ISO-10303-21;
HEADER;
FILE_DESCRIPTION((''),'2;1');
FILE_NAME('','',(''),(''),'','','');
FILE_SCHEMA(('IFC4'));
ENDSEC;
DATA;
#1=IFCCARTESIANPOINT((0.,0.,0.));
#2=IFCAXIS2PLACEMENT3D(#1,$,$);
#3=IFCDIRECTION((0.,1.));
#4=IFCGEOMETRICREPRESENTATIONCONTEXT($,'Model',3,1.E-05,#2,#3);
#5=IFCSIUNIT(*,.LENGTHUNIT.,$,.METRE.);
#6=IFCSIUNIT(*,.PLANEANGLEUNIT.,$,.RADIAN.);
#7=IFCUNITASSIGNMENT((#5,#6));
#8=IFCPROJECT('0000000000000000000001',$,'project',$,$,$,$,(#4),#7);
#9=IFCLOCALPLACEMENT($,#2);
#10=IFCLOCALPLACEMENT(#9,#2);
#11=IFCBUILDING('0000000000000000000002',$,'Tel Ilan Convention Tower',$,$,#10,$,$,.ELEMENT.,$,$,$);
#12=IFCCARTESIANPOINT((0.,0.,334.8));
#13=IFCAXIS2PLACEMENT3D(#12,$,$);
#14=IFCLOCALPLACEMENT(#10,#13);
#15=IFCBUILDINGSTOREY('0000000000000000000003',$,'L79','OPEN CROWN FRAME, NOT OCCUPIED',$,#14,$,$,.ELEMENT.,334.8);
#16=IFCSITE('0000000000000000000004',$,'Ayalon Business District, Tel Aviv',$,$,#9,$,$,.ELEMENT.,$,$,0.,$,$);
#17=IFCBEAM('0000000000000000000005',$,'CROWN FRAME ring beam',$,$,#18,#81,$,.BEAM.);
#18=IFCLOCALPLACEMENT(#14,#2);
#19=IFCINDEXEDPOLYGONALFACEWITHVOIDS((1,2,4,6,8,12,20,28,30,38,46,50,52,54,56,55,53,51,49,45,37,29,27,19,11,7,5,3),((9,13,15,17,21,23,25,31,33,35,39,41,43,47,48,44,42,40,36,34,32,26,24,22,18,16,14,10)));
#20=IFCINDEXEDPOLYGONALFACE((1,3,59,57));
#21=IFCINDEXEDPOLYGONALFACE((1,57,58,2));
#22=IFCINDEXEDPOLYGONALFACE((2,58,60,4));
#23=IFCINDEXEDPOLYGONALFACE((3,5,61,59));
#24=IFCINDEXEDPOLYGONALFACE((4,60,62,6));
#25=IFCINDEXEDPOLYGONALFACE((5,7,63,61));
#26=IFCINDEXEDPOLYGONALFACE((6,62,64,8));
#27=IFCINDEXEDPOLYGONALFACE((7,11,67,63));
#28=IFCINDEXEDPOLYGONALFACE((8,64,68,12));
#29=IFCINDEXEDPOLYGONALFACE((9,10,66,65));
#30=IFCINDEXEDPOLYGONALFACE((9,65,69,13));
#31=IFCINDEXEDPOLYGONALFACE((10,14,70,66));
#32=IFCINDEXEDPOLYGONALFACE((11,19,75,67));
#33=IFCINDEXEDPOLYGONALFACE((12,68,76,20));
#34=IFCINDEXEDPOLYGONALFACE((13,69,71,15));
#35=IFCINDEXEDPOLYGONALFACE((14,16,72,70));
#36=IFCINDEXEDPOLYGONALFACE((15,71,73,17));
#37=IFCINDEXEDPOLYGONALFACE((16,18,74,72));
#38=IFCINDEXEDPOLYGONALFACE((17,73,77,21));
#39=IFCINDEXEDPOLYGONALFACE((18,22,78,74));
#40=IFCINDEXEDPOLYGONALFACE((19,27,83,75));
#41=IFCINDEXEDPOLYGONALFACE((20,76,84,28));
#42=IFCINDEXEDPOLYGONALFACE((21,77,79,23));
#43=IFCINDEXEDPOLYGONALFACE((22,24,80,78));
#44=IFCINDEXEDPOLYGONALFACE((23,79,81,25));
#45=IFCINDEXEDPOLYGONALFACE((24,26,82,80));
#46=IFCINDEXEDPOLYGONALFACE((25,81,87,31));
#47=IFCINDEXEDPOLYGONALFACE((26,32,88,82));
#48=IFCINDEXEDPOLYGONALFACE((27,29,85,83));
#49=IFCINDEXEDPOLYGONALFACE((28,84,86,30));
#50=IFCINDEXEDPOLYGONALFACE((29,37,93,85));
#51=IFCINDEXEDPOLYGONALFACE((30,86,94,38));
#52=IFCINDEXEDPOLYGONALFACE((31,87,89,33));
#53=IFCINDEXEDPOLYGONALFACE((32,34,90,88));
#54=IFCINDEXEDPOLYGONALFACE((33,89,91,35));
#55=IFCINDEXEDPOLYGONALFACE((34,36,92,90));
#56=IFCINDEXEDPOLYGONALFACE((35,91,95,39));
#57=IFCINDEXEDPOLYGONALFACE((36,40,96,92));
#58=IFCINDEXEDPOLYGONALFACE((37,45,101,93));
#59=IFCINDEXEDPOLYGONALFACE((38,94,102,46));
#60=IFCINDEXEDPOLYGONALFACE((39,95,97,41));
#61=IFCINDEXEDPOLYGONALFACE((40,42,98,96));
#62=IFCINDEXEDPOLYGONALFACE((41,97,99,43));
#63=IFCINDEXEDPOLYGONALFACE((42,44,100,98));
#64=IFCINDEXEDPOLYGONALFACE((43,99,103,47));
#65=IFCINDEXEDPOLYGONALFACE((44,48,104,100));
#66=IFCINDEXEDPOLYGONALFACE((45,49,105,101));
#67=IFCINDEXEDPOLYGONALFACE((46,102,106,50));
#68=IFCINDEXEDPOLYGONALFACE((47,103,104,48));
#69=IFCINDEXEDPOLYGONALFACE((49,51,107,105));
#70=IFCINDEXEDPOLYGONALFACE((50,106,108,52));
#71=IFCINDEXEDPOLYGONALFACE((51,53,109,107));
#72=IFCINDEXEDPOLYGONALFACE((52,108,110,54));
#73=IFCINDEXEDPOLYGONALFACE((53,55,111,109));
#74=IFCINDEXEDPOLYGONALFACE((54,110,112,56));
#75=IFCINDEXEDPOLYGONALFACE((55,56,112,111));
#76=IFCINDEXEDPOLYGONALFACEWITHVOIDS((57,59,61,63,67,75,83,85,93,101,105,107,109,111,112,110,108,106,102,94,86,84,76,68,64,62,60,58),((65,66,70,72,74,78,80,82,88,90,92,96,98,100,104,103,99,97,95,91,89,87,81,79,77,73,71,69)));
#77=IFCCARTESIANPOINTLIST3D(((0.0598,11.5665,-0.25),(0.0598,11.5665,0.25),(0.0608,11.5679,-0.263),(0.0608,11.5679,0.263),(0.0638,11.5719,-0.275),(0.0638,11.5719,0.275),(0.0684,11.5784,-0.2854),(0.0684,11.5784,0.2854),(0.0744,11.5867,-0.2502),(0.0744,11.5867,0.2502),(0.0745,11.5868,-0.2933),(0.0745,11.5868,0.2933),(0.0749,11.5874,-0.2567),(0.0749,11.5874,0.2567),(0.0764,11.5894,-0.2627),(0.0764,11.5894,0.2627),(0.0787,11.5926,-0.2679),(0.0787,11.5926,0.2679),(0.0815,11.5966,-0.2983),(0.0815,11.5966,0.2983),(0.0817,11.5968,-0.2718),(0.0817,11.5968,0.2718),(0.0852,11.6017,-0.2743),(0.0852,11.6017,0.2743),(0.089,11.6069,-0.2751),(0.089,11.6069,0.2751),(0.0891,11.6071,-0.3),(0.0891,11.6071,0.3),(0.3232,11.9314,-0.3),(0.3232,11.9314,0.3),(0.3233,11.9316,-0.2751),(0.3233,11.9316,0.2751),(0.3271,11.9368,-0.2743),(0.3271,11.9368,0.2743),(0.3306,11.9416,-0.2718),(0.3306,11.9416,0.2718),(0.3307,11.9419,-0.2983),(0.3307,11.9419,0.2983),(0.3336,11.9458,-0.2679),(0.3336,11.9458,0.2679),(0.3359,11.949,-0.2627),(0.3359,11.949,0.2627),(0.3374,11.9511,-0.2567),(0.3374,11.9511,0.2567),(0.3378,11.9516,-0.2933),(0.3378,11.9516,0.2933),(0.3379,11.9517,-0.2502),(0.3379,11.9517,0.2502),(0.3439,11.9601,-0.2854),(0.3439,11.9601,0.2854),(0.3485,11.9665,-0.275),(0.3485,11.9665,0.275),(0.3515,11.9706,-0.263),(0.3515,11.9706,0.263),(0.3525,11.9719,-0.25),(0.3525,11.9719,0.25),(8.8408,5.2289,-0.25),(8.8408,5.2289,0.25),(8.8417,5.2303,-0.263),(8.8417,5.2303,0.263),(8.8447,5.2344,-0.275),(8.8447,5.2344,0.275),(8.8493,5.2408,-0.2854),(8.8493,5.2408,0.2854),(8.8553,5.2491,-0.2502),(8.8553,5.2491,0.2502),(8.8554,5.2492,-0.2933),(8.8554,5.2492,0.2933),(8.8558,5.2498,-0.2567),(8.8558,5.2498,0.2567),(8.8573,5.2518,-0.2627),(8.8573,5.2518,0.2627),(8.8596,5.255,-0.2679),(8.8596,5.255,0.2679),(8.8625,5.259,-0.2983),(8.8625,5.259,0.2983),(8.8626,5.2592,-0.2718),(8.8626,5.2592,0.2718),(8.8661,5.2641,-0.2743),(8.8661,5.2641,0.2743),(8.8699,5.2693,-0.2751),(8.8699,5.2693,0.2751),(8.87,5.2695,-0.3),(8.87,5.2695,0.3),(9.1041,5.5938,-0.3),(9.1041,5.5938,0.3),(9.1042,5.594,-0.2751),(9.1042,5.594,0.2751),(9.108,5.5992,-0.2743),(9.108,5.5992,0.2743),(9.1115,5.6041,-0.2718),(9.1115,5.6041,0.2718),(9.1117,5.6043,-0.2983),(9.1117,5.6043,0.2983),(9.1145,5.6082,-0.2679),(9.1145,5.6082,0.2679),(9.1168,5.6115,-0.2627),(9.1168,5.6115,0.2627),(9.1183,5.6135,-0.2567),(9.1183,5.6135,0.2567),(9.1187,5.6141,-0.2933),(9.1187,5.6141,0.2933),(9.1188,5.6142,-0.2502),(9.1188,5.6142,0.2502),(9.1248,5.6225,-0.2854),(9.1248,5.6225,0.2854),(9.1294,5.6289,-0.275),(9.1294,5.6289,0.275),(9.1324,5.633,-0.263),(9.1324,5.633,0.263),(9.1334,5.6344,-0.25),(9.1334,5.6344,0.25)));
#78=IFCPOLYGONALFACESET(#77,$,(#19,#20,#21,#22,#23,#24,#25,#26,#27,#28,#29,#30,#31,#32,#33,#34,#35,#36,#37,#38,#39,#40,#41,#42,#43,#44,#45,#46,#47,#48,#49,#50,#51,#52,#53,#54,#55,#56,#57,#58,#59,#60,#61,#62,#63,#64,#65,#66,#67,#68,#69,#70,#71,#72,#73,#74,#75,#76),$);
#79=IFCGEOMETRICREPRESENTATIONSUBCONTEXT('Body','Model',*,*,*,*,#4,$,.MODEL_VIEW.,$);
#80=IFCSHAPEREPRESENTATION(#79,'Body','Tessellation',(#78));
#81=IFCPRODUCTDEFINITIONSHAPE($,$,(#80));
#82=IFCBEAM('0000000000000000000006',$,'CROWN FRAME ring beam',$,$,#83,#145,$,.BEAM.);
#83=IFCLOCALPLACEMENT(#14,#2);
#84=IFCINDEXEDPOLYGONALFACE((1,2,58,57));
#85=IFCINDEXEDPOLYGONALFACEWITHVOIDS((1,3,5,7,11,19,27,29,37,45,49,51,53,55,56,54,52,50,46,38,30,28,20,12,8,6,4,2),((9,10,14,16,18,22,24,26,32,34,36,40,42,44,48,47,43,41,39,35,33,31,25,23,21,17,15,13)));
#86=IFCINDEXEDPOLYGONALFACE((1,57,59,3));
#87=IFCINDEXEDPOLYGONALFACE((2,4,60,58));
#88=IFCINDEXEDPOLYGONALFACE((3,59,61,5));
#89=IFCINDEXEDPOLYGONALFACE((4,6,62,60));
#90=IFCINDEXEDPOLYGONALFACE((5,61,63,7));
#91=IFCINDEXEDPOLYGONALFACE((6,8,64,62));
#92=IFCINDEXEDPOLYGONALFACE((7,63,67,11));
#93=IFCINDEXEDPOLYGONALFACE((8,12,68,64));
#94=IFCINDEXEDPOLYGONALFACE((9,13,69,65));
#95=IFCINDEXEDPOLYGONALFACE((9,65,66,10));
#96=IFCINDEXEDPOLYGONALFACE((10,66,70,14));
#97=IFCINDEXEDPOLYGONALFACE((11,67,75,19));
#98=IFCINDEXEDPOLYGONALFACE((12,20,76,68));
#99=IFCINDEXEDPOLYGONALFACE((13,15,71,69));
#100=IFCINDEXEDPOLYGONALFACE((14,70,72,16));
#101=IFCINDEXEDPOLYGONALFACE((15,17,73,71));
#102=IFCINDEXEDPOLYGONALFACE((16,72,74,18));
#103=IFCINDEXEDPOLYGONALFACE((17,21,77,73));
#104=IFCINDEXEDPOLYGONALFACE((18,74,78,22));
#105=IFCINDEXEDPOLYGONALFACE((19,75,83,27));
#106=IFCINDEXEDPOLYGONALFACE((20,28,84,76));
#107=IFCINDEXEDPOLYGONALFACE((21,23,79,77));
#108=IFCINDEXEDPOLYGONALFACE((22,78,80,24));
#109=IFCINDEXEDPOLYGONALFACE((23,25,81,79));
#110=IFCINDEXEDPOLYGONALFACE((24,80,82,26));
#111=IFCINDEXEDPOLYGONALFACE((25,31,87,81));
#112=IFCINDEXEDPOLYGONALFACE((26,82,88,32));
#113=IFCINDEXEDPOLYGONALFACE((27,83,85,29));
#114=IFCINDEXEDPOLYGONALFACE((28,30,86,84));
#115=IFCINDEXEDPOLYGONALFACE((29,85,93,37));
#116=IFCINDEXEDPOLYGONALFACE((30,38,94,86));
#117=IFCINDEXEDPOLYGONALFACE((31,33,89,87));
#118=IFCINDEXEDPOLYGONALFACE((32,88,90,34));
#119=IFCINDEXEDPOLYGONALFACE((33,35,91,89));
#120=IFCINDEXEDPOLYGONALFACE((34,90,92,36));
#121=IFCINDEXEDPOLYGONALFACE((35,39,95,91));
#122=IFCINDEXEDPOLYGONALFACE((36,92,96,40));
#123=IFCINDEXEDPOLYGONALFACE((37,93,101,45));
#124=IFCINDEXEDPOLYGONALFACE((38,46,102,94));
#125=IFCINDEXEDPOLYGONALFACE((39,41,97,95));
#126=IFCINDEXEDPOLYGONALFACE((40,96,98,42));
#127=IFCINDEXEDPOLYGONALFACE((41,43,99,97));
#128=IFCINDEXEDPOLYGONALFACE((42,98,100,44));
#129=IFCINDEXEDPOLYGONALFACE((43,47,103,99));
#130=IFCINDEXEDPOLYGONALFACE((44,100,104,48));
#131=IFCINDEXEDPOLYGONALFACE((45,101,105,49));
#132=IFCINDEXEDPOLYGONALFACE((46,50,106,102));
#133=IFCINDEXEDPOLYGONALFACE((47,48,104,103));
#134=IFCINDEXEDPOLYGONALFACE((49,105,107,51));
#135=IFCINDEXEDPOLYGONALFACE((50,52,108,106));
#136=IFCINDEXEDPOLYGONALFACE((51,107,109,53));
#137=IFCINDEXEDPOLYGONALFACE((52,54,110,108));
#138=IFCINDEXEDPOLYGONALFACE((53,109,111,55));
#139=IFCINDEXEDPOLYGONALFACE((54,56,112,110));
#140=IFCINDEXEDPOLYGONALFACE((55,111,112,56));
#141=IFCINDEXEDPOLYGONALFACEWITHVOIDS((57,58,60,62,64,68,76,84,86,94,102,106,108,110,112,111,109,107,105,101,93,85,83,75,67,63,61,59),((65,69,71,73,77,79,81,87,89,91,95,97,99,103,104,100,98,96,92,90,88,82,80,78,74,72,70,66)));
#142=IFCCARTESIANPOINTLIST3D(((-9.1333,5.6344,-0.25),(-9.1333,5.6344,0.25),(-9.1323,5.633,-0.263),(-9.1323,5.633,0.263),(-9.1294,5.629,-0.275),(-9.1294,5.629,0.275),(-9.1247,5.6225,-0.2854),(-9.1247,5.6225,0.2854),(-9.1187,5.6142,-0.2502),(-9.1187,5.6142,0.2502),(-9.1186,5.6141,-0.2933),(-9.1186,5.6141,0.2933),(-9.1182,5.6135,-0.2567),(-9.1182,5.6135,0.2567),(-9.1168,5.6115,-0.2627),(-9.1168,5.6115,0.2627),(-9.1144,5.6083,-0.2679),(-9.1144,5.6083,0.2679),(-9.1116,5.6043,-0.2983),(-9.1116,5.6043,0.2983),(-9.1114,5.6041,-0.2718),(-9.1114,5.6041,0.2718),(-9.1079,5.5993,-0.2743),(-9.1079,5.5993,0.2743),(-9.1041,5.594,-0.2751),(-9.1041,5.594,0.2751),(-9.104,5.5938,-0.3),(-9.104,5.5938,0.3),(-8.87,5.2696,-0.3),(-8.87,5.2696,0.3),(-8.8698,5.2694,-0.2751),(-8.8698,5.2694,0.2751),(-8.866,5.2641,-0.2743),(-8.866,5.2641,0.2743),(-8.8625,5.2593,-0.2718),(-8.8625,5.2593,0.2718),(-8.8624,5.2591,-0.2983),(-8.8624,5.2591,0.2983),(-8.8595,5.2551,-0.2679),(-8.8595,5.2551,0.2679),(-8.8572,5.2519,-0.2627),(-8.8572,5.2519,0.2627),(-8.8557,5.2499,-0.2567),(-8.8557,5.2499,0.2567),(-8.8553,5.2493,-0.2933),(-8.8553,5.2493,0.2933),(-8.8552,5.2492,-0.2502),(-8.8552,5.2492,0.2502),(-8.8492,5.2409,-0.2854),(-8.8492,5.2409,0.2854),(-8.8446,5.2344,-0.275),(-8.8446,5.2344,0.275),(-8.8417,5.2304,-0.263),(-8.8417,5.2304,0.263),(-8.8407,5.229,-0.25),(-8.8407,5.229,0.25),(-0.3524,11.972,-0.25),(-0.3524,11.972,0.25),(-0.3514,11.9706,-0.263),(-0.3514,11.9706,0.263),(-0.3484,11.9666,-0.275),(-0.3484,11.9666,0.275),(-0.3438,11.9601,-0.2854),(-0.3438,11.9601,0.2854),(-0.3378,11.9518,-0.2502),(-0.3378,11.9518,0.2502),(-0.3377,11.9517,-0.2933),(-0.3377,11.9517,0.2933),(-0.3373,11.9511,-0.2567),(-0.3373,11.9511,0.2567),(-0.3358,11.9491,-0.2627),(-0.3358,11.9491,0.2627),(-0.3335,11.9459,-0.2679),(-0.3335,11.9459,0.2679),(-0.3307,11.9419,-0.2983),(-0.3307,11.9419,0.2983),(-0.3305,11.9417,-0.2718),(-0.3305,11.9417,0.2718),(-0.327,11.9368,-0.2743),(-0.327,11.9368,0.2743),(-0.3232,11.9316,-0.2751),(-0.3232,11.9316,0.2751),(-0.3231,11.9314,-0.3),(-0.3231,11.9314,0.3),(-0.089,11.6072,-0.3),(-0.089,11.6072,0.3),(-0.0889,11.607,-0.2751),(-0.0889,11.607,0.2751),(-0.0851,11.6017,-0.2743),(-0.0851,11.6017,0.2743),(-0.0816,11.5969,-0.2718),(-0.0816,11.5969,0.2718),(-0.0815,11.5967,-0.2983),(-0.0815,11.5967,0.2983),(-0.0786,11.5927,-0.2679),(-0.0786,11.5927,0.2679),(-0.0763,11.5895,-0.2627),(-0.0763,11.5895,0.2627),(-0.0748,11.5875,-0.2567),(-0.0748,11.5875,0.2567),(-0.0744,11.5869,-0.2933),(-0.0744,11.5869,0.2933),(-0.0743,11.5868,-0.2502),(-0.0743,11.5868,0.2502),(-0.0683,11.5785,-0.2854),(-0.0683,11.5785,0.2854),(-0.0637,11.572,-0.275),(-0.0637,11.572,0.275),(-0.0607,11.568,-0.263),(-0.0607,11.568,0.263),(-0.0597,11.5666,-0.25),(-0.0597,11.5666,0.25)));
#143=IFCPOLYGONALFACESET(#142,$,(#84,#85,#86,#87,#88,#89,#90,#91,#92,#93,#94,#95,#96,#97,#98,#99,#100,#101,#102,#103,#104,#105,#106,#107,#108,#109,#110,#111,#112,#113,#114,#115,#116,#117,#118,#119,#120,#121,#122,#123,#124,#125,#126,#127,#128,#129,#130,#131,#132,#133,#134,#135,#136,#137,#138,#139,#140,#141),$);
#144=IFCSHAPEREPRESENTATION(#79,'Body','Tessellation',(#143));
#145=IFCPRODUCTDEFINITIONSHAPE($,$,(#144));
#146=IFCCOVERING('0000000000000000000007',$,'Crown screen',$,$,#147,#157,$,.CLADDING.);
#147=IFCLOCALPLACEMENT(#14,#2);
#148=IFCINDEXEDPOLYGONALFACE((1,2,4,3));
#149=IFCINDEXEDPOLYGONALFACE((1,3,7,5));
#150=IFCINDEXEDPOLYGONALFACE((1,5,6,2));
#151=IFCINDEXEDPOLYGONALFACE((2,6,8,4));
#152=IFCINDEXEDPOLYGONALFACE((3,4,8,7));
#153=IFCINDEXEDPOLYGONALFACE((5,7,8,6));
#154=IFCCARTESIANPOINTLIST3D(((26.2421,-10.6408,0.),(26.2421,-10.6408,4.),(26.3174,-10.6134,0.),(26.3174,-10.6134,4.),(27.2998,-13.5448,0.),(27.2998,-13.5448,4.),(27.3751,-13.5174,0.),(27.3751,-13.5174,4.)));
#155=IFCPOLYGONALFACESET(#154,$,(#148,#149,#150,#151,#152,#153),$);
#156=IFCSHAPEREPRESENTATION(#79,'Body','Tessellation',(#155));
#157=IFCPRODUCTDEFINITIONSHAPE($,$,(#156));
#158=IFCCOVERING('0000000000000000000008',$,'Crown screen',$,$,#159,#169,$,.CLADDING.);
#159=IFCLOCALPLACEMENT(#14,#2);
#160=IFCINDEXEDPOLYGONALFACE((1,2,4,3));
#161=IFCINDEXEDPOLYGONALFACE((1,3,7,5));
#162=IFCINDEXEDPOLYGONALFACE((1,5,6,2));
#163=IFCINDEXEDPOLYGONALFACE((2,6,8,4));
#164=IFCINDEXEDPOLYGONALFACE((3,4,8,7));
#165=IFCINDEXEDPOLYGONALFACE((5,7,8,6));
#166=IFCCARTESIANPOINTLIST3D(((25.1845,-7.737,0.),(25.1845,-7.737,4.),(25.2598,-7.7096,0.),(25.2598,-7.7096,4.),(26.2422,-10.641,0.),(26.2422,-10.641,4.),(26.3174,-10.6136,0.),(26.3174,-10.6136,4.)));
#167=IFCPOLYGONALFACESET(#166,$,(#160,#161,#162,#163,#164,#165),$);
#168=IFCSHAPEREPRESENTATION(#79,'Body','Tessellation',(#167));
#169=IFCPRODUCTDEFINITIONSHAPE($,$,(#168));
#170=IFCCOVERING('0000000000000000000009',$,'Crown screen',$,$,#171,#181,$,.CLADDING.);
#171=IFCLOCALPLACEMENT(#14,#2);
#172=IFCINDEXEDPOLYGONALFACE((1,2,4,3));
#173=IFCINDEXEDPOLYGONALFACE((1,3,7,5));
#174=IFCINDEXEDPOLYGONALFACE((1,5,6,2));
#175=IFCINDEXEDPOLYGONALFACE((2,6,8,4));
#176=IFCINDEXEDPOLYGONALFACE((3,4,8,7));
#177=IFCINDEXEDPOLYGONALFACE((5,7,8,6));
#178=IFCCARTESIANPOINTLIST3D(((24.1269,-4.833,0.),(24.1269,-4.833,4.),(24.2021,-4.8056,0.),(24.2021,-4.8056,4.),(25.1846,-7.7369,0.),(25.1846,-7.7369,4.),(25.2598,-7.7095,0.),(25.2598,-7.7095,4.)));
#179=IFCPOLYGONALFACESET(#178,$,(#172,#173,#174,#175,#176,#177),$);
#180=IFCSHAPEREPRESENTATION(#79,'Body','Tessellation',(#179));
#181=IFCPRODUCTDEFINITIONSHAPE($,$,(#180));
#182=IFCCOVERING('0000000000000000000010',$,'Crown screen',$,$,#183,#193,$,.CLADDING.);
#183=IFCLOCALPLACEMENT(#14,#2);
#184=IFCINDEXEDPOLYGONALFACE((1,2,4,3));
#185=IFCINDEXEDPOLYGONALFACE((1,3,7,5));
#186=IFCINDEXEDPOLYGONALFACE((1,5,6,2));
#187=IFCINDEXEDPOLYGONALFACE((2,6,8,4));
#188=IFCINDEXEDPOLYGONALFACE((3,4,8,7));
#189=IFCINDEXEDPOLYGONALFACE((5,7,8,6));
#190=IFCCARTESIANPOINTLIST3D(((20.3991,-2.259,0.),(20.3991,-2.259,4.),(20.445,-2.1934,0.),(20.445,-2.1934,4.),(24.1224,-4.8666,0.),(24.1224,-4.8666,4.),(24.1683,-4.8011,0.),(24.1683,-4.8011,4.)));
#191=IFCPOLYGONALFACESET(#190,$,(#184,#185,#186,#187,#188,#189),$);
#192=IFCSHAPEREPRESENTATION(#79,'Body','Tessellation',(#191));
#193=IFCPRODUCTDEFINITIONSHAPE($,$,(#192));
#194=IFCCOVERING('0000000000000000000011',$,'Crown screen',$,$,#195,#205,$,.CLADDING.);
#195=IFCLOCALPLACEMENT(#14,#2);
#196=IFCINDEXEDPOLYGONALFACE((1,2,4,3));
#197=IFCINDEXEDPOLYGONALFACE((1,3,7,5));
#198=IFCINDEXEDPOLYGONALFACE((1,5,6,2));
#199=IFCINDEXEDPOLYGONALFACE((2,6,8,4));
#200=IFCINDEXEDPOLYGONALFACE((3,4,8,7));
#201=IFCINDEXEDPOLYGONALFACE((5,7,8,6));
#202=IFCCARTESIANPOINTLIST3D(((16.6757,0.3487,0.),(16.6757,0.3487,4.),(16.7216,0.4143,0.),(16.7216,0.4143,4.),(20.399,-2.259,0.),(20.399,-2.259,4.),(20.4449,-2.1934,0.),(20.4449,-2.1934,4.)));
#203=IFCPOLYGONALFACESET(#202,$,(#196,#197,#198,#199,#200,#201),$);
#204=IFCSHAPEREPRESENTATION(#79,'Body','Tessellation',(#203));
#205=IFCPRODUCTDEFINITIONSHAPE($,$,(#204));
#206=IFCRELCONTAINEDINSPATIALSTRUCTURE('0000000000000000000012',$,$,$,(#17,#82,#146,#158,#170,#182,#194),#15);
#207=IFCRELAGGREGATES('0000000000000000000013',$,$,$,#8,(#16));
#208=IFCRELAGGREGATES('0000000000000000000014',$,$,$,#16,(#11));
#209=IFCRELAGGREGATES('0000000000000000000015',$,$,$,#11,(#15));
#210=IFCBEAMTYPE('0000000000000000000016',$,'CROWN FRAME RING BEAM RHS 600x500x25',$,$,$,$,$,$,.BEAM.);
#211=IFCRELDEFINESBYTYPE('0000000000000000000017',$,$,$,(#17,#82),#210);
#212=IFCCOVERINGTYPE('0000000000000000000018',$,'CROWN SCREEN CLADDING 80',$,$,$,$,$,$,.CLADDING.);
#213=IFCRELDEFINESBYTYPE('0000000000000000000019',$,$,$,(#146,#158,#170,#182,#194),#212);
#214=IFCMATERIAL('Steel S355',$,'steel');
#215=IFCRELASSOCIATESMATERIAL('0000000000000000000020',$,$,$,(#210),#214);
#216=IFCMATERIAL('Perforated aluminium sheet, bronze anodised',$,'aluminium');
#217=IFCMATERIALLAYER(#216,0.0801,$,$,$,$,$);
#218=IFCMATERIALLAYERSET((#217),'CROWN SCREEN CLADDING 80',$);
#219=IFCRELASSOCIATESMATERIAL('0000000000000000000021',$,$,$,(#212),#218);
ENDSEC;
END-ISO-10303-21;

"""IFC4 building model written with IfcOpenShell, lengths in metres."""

from ifc_helpers import new_model, si_unit, direction, frame, origin, origin_2d, place, context, subcontext, project, spatial, rectangle, hollow_rectangle, extrude, material, layer, layer_set, material_profile, profile_set, type_object, element, save


model = new_model("IFC4")

# Units and contexts
model_context = context("Model", 3, precision=1e-05, world=origin(), true_north=direction((0.0, 1.0)))
body_context = subcontext(model_context, "Body", "Model", "MODEL_VIEW")
ifc_project = project(units=[si_unit("LENGTHUNIT", "METRE"), si_unit("PLANEANGLEUNIT", "RADIAN")], contexts=[model_context])

# Site, building, storey
site_placement = place(None, origin())
site = spatial("IfcSite", under=ifc_project, at=site_placement, Name="Ayalon Business District, Tel Aviv", CompositionType="ELEMENT", RefElevation=0.0)
building_placement = place(site_placement, origin())
building = spatial("IfcBuilding", under=site, at=building_placement, Name="Tel Ilan Convention Tower", CompositionType="ELEMENT")
storey_placement = place(building_placement, frame((0.0, 0.0, 334.8)))
storey = spatial("IfcBuildingStorey", under=building, at=storey_placement, Name="L79", Description="OPEN CROWN FRAME, NOT OCCUPIED", CompositionType="ELEMENT", Elevation=334.8)

# Beams
ifc_material_1 = material(Name="Steel S355", Category="steel")
ifc_material_profile_1 = material_profile(ifc_material_1, hollow_rectangle(XDim=0.5, YDim=0.6001, WallThickness=0.0249, InnerFilletRadius=0.0249, OuterFilletRadius=0.05, at=origin_2d()), Name="RHS 600x500x25")
ifc_profile_set_1 = profile_set([ifc_material_profile_1], Name="Steel S355")
beam_type = type_object("IfcBeamType", Name="CROWN FRAME RING BEAM RHS 600x500x25", PredefinedType="BEAM", material=ifc_profile_set_1)
for number, where, z_axis, x_axis, name in (
    (1, (8.9871, 5.4316, 0.0), (-0.810863, 0.585236, 0.0), (-0.585236, -0.810863, 0.0), "CROWN FRAME ring beam"),
    (2, (-0.2061, 11.7693, 0.0), (-0.810863, -0.585236, 0.0), (0.585236, -0.810863, 0.0), "CROWN FRAME ring beam"),
):
    element("IfcBeam", number, at=place(storey_placement, frame(where, z_axis=z_axis, x_axis=x_axis)), inside=storey, type_object=beam_type, Name=name, PredefinedType="BEAM", context=body_context, shape_type="SweptSolid", body=[
        extrude(hollow_rectangle(XDim=0.5, YDim=0.6001, WallThickness=0.0249, InnerFilletRadius=0.0249, OuterFilletRadius=0.05, at=origin_2d()), origin(), (0.0, 0.0, 1.0), 10.8291),
    ])

# Coverings
ifc_material_2 = material(Name="Perforated aluminium sheet, bronze anodised", Category="aluminium")
ifc_layer = layer(ifc_material_2, 0.0801)
ifc_layer_set = layer_set([ifc_layer], Name="CROWN SCREEN CLADDING 80")
covering_type = type_object("IfcCoveringType", Name="CROWN SCREEN CLADDING 80", PredefinedType="CLADDING", material=ifc_layer_set)
for number, where, z_axis, x_axis, name in (
    (3, (26.8086, -12.0791, 0.0), (0.0, 0.0, 1.0), (-0.342225, 0.939618, 0.0), "Crown screen"),
    (4, (25.751, -9.1753, 0.0), (0.0, 0.0, 1.0), (-0.342225, 0.939618, 0.0), "Crown screen"),
    (5, (24.6934, -6.2712, 0.0), (0.0, 0.0, 1.0), (-0.342225, 0.939618, 0.0), "Crown screen"),
):
    element("IfcCovering", number, at=place(storey_placement, frame(where, z_axis=z_axis, x_axis=x_axis)), inside=storey, type_object=covering_type, Name=name, PredefinedType="CLADDING", context=body_context, shape_type="SweptSolid", body=[
        extrude(rectangle(XDim=3.0906, YDim=0.0801, at=origin_2d()), origin(), (0.0, 0.0, 1.0), 4.0),
    ])
for number, where, z_axis, x_axis, name in (
    (6, (22.2837, -3.53, 0.0), (0.0, 0.0, 1.0), (-0.819096, 0.573656, 0.0), "Crown screen"),
    (7, (18.5603, -0.9224, 0.0), (0.0, 0.0, 1.0), (-0.819096, 0.573656, 0.0), "Crown screen"),
):
    element("IfcCovering", number, at=place(storey_placement, frame(where, z_axis=z_axis, x_axis=x_axis)), inside=storey, type_object=covering_type, Name=name, PredefinedType="CLADDING", context=body_context, shape_type="SweptSolid", body=[
        extrude(rectangle(XDim=4.5457, YDim=0.0801, at=origin_2d()), origin(), (0.0, 0.0, 1.0), 4.0),
    ])

save(model, "model.ifc")
